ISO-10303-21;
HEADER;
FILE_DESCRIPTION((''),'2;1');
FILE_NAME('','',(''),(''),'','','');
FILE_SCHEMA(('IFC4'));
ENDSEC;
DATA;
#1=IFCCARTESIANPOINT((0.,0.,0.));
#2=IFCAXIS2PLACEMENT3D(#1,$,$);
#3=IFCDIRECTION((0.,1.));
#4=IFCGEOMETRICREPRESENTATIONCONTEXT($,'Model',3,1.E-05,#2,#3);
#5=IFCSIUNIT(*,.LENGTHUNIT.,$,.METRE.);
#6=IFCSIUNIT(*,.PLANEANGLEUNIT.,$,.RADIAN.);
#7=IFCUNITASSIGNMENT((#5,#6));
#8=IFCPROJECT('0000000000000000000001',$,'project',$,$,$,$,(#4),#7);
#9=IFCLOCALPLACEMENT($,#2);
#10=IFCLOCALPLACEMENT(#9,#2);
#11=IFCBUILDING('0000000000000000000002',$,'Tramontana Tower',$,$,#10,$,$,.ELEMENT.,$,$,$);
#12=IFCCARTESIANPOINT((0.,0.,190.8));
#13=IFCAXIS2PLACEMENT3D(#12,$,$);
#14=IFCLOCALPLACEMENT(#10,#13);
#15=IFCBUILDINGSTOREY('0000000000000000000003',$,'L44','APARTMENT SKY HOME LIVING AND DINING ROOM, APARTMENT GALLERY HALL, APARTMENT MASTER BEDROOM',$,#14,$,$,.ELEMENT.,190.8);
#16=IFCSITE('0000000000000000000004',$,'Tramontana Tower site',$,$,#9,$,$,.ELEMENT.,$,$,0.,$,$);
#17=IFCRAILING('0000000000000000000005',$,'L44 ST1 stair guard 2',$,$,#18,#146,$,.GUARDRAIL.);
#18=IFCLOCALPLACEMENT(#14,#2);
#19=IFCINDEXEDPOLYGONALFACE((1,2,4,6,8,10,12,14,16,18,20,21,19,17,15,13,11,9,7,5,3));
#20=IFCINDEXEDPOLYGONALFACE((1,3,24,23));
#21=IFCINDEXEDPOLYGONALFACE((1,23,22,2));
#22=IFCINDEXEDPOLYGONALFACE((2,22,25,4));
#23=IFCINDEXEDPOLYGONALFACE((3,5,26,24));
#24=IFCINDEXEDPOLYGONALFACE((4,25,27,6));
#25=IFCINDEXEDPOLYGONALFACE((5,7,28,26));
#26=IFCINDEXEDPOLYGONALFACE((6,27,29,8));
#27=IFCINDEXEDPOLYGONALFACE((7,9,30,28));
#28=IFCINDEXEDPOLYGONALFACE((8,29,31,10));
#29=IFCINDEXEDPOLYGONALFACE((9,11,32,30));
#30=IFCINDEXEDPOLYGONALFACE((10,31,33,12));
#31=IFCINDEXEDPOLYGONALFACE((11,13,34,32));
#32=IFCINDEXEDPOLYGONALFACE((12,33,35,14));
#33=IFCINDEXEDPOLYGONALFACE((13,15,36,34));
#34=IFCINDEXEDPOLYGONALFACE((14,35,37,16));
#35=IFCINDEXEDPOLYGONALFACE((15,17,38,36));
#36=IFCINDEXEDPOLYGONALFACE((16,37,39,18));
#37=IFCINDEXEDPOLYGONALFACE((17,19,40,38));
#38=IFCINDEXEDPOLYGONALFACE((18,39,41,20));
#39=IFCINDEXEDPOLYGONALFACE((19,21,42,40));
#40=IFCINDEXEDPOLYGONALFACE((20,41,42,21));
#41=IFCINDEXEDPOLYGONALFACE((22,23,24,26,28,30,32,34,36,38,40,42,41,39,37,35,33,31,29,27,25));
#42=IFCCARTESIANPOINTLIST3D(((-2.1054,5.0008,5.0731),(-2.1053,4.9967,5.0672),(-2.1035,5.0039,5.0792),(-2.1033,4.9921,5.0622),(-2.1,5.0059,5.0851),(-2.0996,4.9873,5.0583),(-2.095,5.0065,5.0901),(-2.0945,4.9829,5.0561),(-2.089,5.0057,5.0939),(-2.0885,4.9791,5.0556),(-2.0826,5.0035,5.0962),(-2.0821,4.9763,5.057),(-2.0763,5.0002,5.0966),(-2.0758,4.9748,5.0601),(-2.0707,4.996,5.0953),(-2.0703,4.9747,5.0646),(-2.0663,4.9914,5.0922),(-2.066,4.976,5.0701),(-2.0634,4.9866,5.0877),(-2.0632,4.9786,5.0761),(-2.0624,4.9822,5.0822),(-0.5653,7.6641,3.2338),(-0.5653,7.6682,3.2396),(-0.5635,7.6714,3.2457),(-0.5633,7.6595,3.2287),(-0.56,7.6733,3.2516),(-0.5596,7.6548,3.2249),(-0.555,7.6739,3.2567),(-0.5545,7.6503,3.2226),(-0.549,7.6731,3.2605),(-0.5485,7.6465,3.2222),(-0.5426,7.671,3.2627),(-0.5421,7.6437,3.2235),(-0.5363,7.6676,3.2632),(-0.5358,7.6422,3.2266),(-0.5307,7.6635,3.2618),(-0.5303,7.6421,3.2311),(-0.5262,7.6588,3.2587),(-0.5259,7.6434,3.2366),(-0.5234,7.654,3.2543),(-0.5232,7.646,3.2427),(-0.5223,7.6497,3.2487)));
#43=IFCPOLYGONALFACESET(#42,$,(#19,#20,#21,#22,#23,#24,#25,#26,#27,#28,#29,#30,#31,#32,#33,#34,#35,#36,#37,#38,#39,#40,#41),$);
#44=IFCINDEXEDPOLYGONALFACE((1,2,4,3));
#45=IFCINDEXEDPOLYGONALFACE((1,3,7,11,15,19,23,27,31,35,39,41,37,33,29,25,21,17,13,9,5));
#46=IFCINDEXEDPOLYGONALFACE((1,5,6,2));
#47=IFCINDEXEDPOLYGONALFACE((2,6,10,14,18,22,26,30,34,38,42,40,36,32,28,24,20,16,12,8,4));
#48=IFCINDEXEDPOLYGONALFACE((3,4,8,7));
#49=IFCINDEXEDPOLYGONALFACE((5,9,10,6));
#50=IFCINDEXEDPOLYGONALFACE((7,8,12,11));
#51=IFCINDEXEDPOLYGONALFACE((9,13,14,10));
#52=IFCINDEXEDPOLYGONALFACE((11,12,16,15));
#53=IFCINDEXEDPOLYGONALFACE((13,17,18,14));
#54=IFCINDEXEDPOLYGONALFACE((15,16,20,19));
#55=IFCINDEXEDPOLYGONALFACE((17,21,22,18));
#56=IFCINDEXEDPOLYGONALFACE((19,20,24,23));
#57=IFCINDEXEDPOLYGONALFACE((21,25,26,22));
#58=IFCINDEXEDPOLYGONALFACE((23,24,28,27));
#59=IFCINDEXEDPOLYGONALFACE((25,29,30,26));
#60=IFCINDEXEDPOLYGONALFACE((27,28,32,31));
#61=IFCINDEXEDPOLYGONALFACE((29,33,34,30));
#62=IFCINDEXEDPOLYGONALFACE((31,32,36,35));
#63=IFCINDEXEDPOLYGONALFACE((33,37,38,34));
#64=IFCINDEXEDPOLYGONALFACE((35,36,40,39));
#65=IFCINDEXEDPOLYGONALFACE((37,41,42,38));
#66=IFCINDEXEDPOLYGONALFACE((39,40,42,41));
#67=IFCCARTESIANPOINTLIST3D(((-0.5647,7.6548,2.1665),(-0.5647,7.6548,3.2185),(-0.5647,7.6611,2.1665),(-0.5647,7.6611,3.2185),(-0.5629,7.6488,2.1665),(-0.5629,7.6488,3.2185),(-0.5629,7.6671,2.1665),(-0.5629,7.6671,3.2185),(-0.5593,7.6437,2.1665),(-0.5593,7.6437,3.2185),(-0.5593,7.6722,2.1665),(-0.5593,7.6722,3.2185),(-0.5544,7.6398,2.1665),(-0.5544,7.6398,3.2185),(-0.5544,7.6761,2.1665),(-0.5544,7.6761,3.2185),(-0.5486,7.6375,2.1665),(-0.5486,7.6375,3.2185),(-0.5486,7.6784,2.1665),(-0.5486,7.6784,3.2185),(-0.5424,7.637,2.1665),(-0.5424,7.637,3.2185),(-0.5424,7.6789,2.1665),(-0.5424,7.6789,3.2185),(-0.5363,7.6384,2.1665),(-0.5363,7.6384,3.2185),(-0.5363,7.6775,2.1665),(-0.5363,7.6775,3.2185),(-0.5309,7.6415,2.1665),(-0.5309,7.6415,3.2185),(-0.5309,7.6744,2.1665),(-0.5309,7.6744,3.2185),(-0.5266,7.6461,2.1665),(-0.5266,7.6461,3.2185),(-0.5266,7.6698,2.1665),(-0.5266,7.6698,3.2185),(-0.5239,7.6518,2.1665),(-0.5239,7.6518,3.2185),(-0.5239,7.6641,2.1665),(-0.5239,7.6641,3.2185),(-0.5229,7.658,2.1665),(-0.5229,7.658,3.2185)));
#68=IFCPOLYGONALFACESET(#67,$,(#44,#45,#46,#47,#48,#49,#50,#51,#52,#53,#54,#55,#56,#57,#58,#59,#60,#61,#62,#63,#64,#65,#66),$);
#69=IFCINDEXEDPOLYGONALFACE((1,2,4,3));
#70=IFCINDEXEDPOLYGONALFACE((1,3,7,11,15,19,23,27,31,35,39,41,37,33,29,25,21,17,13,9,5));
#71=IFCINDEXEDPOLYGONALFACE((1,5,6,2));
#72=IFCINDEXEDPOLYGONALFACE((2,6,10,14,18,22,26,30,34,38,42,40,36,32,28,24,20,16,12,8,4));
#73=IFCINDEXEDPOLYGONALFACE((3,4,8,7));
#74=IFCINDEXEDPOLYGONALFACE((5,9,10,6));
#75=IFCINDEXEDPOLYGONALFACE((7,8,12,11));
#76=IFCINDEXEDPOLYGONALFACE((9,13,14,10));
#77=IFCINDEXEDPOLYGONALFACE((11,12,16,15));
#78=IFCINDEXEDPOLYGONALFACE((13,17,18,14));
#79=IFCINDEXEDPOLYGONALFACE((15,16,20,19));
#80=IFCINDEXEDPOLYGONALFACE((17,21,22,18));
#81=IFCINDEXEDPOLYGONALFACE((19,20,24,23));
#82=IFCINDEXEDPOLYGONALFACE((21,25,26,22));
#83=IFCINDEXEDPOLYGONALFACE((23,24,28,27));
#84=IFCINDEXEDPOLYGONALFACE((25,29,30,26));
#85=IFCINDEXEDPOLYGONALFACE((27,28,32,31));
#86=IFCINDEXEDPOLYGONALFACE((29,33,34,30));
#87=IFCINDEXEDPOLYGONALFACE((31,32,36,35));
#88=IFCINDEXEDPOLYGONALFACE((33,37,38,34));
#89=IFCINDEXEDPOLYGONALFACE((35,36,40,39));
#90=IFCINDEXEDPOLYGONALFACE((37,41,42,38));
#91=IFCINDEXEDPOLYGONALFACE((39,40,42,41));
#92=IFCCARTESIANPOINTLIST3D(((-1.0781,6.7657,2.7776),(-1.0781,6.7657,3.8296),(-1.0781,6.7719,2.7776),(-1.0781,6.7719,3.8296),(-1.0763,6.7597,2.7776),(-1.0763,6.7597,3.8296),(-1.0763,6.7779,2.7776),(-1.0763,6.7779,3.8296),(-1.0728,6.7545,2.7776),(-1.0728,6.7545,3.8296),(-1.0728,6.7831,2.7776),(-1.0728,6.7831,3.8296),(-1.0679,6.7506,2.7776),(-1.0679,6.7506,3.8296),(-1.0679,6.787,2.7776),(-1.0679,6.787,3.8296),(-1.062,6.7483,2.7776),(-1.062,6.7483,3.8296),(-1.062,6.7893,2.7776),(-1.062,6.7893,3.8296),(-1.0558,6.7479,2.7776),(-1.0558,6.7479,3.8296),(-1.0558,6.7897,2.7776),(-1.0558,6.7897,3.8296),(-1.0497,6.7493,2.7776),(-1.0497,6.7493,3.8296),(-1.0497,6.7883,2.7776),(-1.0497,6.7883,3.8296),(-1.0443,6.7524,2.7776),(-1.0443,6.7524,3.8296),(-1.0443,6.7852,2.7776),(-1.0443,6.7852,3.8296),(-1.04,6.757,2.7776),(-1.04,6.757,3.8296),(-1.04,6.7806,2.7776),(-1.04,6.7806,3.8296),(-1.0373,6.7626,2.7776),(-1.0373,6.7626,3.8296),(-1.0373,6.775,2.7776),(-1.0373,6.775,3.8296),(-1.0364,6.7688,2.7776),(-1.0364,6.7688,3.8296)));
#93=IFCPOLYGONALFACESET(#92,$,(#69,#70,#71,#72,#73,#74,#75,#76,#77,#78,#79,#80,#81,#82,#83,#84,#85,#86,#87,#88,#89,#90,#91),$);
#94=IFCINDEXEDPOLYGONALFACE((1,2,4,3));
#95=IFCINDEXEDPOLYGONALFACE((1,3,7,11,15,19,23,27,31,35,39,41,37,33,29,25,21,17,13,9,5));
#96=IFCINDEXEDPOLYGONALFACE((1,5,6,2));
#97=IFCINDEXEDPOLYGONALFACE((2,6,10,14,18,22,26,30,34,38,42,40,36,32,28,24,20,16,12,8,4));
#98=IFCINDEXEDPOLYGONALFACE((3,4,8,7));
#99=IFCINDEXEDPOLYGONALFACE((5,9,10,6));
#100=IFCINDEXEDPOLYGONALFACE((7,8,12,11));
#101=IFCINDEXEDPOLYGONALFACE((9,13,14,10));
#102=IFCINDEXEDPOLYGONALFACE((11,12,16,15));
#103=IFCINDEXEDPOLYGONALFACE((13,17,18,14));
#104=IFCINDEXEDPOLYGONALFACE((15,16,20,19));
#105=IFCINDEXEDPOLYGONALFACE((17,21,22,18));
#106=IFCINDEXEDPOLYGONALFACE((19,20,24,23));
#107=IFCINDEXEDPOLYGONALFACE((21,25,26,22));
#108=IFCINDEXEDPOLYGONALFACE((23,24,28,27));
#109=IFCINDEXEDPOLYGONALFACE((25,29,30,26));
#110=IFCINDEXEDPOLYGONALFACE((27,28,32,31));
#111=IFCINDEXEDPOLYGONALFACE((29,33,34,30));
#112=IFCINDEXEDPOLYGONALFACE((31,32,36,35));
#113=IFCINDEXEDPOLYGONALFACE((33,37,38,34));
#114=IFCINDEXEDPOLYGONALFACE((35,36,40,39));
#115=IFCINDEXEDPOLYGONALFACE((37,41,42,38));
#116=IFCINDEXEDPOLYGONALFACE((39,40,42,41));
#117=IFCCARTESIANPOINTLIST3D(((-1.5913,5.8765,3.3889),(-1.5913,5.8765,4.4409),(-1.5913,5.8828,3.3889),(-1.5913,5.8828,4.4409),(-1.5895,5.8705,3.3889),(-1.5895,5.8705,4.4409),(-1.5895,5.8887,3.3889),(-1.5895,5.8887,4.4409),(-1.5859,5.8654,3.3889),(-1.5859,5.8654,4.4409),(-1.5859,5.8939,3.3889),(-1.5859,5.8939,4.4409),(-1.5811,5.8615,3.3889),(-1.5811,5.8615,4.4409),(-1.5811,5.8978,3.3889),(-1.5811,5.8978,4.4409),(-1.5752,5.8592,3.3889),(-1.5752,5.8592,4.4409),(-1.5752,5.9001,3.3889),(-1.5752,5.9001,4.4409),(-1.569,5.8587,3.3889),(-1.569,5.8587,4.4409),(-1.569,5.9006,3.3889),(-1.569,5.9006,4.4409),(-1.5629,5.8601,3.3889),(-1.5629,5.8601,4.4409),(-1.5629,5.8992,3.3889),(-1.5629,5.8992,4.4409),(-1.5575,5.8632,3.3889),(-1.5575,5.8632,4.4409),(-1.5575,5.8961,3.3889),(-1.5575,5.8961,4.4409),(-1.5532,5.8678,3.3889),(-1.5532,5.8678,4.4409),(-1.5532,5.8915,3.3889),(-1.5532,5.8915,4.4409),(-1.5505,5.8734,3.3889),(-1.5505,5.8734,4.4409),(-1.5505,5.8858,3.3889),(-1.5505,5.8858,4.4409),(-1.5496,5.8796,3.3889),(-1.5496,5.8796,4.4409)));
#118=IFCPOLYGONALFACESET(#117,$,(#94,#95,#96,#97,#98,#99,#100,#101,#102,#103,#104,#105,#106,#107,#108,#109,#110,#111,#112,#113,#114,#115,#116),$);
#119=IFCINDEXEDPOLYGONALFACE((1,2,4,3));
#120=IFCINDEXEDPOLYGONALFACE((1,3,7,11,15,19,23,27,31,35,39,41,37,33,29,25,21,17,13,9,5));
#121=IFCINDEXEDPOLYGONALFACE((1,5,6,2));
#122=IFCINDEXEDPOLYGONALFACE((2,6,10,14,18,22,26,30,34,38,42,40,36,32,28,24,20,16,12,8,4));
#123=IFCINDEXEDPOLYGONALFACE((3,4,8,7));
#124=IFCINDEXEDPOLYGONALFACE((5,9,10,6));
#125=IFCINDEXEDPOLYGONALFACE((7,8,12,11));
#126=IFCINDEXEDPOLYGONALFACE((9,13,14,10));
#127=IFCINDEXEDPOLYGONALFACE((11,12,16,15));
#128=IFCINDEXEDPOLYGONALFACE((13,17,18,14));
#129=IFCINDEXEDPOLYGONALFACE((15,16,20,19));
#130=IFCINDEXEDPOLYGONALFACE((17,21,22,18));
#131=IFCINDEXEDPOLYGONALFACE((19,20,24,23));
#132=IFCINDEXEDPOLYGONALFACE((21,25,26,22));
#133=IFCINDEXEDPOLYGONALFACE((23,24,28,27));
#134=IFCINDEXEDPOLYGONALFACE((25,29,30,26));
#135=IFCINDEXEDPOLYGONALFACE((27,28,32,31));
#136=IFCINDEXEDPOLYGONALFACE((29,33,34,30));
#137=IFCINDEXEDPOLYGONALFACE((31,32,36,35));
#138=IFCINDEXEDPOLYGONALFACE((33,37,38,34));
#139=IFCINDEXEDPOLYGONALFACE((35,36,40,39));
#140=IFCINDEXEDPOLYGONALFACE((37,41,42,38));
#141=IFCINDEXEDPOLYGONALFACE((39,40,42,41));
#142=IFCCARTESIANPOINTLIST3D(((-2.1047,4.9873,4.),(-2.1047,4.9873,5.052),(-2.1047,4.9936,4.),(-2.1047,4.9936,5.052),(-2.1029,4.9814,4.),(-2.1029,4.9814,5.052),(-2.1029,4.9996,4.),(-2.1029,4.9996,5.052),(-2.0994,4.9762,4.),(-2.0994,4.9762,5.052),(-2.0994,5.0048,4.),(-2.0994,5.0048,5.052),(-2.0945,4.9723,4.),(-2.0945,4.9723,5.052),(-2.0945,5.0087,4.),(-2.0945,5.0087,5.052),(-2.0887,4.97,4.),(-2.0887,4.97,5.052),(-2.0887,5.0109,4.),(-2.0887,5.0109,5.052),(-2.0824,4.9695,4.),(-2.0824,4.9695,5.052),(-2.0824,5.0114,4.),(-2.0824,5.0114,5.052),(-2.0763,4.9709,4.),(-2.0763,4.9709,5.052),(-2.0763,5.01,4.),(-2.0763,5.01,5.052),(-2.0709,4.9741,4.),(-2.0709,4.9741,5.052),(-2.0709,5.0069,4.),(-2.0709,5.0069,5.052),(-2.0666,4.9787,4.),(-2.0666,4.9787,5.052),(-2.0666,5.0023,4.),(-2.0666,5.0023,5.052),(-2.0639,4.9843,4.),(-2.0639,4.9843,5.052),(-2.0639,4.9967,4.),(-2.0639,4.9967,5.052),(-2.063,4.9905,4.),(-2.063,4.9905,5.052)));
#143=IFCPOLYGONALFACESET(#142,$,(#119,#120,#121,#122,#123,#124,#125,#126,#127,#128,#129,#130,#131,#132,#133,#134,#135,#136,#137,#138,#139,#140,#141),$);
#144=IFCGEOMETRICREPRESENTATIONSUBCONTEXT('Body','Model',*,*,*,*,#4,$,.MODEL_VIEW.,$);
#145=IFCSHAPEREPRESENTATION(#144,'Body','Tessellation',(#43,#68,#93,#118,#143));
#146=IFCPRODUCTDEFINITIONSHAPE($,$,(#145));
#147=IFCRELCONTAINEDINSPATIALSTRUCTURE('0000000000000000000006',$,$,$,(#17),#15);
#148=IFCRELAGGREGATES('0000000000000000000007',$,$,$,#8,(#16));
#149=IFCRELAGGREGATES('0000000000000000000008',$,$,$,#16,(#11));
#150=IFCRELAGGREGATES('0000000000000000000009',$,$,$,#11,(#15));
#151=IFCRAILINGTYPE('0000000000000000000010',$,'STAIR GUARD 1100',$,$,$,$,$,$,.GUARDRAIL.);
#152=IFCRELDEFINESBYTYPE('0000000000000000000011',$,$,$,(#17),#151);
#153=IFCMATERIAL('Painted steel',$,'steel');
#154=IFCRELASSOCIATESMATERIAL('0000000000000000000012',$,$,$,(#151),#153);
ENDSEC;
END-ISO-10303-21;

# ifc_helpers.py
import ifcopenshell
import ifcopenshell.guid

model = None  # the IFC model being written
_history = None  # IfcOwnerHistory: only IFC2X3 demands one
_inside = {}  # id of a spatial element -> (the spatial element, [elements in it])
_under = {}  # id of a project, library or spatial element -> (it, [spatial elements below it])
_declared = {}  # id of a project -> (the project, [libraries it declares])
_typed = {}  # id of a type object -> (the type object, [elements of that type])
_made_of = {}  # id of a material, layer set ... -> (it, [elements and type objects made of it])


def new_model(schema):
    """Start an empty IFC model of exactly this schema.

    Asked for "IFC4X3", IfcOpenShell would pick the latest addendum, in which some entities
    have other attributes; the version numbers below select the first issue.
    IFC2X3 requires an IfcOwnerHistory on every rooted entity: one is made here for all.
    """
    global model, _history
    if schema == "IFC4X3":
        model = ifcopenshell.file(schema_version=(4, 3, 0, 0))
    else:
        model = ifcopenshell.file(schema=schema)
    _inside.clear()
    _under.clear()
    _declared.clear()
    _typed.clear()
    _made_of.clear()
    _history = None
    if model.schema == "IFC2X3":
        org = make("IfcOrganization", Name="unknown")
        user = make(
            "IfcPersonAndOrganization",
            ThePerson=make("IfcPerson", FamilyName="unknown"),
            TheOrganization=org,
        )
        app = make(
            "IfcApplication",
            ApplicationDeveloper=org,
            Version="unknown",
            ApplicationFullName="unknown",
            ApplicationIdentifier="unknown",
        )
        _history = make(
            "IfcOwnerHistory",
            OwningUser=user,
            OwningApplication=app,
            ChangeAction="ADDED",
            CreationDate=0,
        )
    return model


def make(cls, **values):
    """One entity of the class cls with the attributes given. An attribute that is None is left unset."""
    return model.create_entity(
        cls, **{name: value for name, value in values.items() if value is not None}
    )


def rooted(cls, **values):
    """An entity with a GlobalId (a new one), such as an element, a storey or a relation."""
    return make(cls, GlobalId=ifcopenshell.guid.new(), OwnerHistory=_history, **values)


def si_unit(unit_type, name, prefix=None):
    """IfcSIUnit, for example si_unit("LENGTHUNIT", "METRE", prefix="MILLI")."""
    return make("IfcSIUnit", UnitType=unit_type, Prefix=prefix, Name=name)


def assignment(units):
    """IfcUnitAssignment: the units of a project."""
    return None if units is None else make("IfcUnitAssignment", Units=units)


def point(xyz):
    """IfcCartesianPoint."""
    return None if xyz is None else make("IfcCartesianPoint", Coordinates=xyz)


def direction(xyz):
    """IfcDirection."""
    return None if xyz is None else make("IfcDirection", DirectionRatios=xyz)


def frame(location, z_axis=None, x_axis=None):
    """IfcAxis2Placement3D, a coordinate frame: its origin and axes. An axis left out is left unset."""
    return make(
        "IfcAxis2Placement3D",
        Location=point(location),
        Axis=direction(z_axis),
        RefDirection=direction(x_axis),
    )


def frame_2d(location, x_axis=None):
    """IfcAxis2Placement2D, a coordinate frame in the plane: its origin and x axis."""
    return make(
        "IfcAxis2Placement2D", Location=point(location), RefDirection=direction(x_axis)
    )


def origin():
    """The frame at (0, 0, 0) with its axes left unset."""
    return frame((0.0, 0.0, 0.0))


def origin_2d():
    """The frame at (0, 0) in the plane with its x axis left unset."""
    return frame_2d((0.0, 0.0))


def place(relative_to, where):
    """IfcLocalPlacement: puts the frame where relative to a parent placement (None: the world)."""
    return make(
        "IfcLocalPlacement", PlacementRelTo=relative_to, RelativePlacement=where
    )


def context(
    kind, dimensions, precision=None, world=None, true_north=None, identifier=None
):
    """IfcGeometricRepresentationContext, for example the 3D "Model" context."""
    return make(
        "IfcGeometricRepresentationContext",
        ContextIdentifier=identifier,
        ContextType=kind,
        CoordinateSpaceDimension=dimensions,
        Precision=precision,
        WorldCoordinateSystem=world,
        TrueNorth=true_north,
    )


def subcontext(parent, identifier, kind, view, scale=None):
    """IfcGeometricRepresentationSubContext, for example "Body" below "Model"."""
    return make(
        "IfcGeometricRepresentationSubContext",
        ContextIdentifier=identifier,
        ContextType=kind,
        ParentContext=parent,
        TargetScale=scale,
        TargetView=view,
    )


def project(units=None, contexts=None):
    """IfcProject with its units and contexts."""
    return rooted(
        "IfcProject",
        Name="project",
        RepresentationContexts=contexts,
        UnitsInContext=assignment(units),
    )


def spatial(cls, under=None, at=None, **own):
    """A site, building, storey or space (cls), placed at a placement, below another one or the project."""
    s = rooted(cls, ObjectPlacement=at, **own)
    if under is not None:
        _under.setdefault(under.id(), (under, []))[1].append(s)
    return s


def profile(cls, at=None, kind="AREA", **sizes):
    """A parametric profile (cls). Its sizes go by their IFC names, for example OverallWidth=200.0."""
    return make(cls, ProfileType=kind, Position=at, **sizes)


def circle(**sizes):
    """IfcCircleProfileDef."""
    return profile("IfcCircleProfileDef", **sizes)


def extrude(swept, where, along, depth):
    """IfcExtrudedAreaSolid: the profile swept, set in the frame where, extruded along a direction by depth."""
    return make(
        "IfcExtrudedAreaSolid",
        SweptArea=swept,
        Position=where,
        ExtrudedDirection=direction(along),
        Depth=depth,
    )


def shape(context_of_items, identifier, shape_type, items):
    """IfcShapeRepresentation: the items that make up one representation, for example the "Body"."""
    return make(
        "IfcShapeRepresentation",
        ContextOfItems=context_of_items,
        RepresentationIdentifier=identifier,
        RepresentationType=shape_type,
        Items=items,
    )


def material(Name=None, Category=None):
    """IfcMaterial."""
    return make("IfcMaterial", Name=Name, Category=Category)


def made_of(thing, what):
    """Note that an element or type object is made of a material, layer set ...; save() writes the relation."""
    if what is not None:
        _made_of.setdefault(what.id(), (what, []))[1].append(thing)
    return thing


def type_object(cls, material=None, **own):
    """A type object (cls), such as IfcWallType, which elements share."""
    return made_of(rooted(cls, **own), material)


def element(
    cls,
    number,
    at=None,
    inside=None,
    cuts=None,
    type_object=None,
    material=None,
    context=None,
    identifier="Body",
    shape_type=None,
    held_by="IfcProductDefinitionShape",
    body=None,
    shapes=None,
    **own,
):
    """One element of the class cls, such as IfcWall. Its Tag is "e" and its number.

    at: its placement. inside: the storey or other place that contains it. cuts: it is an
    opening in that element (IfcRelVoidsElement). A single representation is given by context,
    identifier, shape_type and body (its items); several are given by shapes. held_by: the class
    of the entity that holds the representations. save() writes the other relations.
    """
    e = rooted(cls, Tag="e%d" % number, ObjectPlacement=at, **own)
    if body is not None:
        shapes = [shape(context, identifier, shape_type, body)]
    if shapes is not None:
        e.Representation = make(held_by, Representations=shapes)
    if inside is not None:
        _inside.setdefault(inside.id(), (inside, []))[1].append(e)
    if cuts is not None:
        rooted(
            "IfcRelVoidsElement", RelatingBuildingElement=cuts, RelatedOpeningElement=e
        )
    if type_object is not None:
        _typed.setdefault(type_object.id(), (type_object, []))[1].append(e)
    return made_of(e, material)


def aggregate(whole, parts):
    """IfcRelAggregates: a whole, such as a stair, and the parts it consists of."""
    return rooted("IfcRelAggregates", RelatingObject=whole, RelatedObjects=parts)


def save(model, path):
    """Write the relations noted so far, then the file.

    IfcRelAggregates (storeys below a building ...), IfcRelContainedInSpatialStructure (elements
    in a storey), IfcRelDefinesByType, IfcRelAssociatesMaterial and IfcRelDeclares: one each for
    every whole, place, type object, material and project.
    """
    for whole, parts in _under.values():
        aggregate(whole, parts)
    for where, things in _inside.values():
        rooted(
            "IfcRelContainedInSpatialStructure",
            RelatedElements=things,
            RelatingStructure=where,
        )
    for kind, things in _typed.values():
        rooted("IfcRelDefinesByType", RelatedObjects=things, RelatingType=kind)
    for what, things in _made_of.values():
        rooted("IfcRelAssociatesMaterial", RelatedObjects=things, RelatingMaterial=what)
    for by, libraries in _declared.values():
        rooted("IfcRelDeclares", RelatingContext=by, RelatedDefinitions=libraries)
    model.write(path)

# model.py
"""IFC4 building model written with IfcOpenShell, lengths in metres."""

from ifc_helpers import new_model, si_unit, direction, frame, origin, origin_2d, place, context, subcontext, project, spatial, circle, extrude, material, type_object, element, save


model = new_model("IFC4")

# Units and contexts
model_context = context("Model", 3, precision=1e-05, world=origin(), true_north=direction((0.0, 1.0)))
body_context = subcontext(model_context, "Body", "Model", "MODEL_VIEW")
ifc_project = project(units=[si_unit("LENGTHUNIT", "METRE"), si_unit("PLANEANGLEUNIT", "RADIAN")], contexts=[model_context])

# Site, building, storey
site_placement = place(None, origin())
site = spatial("IfcSite", under=ifc_project, at=site_placement, Name="Tramontana Tower site", CompositionType="ELEMENT", RefElevation=0.0)
building_placement = place(site_placement, origin())
building = spatial("IfcBuilding", under=site, at=building_placement, Name="Tramontana Tower", CompositionType="ELEMENT")
storey_placement = place(building_placement, frame((0.0, 0.0, 190.8)))
storey = spatial("IfcBuildingStorey", under=building, at=storey_placement, Name="L44", Description="APARTMENT SKY HOME LIVING AND DINING ROOM, APARTMENT GALLERY HALL, APARTMENT MASTER BEDROOM", CompositionType="ELEMENT", Elevation=190.8)

# Railing
ifc_material_1 = material(Name="Painted steel", Category="steel")
railing_type = type_object("IfcRailingType", Name="STAIR GUARD 1100", PredefinedType="GUARDRAIL", material=ifc_material_1)
railing_1_placement = place(storey_placement, frame((-0.5439, 7.658, 2.1665)))
element("IfcRailing", 1, at=railing_1_placement, inside=storey, type_object=railing_type, Name="L44 ST1 stair guard 2", PredefinedType="GUARDRAIL", context=body_context, shape_type="SweptSolid", body=[
    extrude(circle(Radius=0.0239, at=origin_2d()), frame((0.0, 0.0, 1.0762), z_axis=(-0.429634, -0.744164, 0.511502), x_axis=(0.86603, -0.499992, 0.0)), (0.0, 0.0, 1.0), 3.5845),
    extrude(circle(Radius=0.021, at=origin_2d()), origin(), (0.0, 0.0, 1.0), 1.052),
    extrude(circle(Radius=0.021, at=origin_2d()), frame((-0.5134, -0.8892, 0.6111)), (0.0, 0.0, 1.0), 1.052),
    extrude(circle(Radius=0.021, at=origin_2d()), frame((-1.0266, -1.7783, 1.2224)), (0.0, 0.0, 1.0), 1.052),
    extrude(circle(Radius=0.021, at=origin_2d()), frame((-1.54, -2.6675, 1.8335)), (0.0, 0.0, 1.0), 1.052),
])

save(model, "model.ifc")
